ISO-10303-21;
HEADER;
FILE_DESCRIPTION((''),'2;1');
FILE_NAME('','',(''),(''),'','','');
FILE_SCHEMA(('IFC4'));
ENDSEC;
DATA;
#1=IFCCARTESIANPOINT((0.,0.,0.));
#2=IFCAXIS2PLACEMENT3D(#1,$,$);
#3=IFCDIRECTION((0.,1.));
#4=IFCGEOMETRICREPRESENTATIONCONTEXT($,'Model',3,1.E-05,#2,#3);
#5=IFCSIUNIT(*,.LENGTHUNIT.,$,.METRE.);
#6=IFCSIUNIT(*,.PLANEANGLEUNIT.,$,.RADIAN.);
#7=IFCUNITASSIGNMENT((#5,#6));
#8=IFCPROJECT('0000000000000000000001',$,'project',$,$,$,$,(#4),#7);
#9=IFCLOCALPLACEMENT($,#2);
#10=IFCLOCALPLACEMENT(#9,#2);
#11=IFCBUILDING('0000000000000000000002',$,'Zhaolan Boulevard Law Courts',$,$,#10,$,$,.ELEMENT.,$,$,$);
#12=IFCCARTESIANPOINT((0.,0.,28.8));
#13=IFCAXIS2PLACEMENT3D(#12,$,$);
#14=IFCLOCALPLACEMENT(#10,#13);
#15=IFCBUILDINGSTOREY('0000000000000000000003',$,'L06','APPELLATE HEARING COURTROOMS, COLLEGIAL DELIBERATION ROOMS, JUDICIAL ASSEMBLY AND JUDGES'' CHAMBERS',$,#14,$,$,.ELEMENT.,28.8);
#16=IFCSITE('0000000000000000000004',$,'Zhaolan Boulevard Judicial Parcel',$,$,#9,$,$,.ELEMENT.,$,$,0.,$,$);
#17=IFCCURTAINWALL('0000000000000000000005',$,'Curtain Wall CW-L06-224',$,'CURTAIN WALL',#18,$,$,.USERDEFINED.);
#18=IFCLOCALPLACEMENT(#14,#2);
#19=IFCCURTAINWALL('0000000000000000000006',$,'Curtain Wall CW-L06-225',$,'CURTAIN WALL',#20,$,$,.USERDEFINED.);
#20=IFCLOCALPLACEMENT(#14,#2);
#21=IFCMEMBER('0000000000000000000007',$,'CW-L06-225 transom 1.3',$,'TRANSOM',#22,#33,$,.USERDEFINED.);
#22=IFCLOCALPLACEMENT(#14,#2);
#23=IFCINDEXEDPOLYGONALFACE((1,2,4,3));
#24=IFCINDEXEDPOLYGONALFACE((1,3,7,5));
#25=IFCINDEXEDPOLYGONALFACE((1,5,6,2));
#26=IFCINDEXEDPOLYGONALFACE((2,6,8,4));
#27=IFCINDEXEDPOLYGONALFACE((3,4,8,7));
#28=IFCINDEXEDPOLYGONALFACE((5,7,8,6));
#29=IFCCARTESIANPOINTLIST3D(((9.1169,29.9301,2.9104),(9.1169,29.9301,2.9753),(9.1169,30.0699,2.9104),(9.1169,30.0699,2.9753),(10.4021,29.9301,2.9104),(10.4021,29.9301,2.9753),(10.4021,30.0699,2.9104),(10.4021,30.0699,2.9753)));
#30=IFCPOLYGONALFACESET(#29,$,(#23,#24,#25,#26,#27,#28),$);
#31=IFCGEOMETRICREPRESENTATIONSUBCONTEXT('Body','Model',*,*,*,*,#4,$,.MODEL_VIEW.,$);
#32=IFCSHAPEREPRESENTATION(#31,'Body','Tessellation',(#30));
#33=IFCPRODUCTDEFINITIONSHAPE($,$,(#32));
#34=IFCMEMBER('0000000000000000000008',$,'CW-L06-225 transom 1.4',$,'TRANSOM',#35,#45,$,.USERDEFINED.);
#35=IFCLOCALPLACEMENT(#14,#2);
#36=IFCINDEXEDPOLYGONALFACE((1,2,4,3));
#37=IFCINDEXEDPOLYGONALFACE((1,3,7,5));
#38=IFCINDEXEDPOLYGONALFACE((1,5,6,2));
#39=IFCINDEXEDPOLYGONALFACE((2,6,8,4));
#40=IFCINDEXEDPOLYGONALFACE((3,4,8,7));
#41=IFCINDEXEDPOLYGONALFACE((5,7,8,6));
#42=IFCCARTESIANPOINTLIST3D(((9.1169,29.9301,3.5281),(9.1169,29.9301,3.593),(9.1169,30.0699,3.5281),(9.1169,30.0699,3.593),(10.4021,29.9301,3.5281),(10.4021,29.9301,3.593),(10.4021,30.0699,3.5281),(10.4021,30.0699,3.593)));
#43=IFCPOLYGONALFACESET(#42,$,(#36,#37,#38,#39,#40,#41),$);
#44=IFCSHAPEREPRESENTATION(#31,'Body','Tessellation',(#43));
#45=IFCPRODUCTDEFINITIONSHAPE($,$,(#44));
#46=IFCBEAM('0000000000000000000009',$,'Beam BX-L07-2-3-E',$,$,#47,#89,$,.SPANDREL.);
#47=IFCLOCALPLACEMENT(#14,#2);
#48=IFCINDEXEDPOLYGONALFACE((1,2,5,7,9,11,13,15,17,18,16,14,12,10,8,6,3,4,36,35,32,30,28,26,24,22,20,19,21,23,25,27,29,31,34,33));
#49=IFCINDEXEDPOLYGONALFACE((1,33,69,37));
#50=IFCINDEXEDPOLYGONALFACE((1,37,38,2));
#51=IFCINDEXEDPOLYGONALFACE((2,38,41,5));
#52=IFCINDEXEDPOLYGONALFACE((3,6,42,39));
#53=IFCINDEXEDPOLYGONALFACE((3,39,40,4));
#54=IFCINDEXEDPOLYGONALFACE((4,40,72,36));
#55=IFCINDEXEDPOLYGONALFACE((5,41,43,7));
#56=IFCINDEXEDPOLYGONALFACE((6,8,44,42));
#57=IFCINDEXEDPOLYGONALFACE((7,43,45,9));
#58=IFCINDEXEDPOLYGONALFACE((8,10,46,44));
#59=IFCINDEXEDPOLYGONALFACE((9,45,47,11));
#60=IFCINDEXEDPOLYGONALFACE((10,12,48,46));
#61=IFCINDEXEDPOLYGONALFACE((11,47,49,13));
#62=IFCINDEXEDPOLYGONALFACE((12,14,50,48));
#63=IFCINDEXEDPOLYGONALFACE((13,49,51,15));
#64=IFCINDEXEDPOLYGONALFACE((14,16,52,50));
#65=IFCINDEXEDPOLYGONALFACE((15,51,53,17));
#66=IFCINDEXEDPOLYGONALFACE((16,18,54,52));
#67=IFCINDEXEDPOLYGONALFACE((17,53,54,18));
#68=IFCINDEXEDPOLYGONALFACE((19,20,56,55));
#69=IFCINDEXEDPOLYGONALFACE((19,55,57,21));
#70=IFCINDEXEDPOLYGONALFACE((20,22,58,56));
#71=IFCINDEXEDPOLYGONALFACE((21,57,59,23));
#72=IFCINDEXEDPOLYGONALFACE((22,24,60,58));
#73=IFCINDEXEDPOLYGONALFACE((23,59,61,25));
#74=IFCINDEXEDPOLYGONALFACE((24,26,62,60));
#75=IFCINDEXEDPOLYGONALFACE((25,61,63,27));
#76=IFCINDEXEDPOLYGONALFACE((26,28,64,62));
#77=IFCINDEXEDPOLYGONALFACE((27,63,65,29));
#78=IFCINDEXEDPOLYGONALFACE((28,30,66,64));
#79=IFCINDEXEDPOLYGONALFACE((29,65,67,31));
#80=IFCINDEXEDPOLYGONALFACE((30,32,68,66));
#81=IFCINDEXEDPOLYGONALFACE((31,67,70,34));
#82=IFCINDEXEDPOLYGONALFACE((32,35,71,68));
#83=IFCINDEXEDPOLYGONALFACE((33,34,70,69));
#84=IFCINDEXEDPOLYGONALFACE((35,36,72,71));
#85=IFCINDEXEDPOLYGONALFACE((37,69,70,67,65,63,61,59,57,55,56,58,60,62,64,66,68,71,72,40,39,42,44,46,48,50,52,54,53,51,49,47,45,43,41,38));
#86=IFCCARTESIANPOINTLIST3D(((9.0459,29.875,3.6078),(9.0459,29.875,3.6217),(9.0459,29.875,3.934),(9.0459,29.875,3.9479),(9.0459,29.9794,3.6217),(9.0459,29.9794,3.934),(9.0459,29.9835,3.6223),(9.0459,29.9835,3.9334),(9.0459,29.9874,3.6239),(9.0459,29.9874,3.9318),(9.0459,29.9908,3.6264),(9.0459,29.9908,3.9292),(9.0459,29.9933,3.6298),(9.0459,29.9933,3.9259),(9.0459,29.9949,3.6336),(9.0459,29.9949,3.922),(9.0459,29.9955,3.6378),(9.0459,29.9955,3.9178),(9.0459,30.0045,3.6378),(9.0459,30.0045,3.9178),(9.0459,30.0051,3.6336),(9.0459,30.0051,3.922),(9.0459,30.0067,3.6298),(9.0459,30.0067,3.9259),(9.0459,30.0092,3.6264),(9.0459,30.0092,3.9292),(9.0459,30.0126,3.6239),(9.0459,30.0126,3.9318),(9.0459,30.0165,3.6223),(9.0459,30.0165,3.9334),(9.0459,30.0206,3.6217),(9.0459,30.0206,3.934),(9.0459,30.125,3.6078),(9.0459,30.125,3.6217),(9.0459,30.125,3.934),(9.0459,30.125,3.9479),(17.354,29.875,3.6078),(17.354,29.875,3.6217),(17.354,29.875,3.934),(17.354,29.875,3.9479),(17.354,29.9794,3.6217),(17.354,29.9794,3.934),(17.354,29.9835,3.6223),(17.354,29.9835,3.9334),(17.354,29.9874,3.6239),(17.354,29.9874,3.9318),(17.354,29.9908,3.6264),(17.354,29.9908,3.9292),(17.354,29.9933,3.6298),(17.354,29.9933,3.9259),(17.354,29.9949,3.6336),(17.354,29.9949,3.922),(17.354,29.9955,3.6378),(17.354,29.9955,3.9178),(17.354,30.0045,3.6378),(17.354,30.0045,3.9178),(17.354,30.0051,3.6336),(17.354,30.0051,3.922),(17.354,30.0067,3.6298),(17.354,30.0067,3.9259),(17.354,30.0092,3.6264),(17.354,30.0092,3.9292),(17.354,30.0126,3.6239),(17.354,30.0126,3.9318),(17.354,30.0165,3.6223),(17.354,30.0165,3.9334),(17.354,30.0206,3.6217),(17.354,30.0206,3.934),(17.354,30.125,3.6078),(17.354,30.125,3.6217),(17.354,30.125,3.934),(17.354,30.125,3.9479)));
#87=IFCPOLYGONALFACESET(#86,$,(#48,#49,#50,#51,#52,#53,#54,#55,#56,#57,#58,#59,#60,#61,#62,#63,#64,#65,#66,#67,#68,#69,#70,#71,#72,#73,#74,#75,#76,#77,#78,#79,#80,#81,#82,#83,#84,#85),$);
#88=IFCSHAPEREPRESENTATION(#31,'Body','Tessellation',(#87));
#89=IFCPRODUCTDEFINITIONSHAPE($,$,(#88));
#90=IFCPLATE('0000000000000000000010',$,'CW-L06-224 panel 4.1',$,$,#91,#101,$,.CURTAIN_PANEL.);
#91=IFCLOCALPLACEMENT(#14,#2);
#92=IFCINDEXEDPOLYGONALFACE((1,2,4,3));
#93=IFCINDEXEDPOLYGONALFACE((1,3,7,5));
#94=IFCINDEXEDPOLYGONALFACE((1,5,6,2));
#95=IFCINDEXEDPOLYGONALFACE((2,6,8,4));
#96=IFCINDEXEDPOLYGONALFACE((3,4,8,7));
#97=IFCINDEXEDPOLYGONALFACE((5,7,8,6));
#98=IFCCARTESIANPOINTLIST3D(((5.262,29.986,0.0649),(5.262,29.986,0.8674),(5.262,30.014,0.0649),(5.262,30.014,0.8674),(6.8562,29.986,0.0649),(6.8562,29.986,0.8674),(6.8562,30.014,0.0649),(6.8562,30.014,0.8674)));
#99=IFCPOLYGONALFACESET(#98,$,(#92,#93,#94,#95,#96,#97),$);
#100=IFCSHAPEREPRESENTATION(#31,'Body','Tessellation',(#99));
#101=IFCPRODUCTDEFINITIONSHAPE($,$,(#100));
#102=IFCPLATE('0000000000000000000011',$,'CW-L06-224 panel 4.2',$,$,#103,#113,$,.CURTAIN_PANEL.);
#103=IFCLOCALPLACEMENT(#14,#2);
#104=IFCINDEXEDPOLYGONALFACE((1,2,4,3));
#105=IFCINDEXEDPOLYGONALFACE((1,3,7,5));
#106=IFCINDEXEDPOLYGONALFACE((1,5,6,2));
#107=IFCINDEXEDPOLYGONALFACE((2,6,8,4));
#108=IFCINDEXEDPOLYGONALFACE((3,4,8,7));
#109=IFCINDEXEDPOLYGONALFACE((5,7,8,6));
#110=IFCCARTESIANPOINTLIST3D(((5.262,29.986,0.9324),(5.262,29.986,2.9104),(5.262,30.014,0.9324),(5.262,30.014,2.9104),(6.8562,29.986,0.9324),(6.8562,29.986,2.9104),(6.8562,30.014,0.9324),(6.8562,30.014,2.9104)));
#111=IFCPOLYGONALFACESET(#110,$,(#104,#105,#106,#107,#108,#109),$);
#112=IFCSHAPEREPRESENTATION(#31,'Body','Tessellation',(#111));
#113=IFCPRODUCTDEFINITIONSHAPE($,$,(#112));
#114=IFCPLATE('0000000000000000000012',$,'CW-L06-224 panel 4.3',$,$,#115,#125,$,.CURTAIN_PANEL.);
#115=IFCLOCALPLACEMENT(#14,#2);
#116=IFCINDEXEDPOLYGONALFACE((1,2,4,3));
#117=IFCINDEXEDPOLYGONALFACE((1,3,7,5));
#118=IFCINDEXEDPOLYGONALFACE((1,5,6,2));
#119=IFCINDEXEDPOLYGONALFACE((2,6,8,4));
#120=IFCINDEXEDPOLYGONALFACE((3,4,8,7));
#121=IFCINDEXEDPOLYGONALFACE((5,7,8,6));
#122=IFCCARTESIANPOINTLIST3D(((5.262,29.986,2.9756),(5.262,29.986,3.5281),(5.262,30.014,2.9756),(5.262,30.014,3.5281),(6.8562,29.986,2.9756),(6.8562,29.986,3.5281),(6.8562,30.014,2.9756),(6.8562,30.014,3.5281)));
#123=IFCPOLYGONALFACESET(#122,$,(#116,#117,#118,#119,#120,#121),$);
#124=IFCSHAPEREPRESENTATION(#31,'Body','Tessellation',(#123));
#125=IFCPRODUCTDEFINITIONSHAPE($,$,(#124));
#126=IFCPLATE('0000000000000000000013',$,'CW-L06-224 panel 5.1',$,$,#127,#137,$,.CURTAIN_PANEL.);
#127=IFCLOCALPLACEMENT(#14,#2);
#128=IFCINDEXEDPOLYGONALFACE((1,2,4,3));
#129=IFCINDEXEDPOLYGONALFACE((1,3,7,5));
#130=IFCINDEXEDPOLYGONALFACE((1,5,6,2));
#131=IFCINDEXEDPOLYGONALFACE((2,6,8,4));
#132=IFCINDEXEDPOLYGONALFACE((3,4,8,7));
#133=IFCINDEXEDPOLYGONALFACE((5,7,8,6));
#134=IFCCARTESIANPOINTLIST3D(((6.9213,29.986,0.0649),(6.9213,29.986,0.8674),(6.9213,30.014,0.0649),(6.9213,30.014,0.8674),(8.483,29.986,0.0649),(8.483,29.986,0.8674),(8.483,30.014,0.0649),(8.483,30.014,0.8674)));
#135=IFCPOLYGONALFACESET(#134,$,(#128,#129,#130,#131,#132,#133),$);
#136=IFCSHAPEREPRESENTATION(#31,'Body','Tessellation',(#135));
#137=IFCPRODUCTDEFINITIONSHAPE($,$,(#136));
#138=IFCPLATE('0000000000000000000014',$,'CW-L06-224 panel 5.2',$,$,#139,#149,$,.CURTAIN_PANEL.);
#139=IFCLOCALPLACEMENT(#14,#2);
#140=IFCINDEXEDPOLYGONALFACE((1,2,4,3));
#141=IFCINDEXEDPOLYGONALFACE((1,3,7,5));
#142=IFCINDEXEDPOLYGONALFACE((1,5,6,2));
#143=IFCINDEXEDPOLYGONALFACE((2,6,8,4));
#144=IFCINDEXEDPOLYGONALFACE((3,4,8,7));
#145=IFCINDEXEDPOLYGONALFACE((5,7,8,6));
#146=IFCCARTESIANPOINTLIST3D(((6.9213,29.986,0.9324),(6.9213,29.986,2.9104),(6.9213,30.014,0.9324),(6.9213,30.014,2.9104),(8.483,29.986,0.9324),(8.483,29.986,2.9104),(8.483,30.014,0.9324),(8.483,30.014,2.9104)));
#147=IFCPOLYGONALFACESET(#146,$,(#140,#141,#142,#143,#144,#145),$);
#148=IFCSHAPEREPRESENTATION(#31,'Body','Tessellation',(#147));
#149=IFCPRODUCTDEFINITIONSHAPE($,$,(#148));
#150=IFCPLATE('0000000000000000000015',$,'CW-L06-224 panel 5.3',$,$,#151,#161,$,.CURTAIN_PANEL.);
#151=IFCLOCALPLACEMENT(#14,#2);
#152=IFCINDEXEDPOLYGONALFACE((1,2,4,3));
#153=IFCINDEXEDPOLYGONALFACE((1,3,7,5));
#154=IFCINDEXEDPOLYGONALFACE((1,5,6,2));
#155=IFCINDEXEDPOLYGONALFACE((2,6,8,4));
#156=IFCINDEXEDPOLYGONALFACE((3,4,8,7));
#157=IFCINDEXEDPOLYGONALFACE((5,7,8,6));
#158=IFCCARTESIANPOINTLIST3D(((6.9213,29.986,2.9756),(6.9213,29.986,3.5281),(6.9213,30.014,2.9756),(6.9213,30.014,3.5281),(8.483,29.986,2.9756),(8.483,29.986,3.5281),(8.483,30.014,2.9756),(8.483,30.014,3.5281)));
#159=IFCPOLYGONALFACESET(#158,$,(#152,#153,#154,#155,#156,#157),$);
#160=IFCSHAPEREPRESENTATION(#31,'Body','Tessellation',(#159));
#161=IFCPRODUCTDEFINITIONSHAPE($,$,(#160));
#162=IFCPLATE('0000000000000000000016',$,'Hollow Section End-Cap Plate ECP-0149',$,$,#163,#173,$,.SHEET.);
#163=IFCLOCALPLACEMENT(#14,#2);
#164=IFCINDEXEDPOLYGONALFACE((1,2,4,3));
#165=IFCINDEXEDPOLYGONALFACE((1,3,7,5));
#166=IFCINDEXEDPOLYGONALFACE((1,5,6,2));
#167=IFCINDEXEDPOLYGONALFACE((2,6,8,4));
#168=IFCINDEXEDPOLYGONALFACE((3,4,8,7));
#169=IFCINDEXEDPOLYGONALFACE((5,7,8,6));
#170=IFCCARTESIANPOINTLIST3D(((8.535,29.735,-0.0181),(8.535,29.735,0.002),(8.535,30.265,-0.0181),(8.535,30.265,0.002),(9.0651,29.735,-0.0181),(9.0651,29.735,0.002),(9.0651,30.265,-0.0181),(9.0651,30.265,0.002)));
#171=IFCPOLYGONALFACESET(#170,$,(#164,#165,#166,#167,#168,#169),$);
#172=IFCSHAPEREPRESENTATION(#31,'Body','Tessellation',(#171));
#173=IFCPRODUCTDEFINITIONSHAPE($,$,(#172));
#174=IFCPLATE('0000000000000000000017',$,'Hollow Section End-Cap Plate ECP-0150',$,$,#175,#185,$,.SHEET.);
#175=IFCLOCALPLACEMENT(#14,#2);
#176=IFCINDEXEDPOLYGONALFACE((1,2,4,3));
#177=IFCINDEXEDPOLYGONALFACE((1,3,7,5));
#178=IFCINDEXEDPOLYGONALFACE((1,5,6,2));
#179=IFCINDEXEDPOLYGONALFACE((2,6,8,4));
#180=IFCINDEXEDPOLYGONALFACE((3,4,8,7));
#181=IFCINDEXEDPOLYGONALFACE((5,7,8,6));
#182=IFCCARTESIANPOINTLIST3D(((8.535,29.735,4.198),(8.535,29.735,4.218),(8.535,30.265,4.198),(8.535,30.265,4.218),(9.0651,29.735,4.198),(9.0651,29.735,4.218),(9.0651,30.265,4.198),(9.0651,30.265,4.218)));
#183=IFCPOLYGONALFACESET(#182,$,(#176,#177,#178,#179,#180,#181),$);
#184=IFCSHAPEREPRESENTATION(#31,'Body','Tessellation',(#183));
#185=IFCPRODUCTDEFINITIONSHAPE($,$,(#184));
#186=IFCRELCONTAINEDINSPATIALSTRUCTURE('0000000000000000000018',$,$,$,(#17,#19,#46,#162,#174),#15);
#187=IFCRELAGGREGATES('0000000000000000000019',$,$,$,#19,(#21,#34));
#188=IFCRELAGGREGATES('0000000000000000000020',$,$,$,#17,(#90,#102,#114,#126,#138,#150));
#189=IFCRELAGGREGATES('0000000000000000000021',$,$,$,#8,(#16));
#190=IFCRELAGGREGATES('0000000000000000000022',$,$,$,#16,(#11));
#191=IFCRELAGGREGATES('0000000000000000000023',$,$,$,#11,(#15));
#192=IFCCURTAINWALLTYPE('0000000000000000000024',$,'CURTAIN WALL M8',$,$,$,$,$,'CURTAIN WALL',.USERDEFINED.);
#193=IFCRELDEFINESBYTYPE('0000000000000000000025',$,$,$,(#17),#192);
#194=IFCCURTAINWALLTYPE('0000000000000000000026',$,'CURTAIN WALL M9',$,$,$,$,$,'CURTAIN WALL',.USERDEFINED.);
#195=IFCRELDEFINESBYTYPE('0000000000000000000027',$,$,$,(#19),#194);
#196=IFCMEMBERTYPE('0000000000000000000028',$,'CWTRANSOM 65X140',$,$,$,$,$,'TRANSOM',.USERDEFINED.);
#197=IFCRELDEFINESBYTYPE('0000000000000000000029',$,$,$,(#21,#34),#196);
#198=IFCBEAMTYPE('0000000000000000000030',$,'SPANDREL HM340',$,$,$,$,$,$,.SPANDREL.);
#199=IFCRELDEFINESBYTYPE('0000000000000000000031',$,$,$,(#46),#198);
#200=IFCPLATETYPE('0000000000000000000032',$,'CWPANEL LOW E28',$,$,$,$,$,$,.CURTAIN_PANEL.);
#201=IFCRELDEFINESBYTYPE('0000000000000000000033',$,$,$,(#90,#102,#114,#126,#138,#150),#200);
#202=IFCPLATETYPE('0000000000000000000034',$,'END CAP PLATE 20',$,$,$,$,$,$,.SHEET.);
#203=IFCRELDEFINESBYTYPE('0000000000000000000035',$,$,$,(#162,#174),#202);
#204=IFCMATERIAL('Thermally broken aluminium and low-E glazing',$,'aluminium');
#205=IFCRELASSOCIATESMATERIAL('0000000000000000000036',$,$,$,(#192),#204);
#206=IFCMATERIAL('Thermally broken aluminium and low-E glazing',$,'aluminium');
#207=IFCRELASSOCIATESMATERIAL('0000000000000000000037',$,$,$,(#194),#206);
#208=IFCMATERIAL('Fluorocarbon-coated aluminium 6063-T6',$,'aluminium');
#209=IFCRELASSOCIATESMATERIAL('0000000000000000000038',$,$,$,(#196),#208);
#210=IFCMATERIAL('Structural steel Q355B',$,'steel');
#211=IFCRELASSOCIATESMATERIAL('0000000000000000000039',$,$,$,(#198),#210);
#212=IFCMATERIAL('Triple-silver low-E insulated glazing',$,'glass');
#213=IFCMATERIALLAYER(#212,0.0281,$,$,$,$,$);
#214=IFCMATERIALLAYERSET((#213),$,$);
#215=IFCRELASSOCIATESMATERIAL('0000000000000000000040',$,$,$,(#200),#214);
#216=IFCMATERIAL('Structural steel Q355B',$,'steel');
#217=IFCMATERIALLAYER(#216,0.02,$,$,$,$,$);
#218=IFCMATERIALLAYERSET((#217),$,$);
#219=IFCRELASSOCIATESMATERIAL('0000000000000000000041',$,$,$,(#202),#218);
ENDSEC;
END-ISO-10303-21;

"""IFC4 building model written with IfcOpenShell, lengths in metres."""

from ifc_helpers import new_model, si_unit, direction, frame, origin, origin_2d, place, context, subcontext, project, spatial, rectangle, i_section, extrude, material, layer, layer_set, material_profile, profile_set, type_object, element, aggregate, save


model = new_model("IFC4")

# Units and contexts
model_context = context("Model", 3, precision=1e-05, world=origin(), true_north=direction((0.0, 1.0)))
body_context = subcontext(model_context, "Body", "Model", "MODEL_VIEW")
ifc_project = project(units=[si_unit("LENGTHUNIT", "METRE"), si_unit("PLANEANGLEUNIT", "RADIAN")], contexts=[model_context])

# Site, building, storey
site_placement = place(None, origin())
site = spatial("IfcSite", under=ifc_project, at=site_placement, Name="Zhaolan Boulevard Judicial Parcel", CompositionType="ELEMENT", RefElevation=0.0)
building_placement = place(site_placement, origin())
building = spatial("IfcBuilding", under=site, at=building_placement, Name="Zhaolan Boulevard Law Courts", CompositionType="ELEMENT")
storey_placement = place(building_placement, frame((0.0, 0.0, 28.8)))
storey = spatial("IfcBuildingStorey", under=building, at=storey_placement, Name="L06", Description="APPELLATE HEARING COURTROOMS, COLLEGIAL DELIBERATION ROOMS, JUDICIAL ASSEMBLY AND JUDGES' CHAMBERS", CompositionType="ELEMENT", Elevation=28.8)

# Curtain wall
ifc_material_1 = material(Name="Thermally broken aluminium and low-E glazing", Category="aluminium")
curtain_wall_type_1 = type_object("IfcCurtainWallType", Name="CURTAIN WALL M8", ElementType="CURTAIN WALL", PredefinedType="USERDEFINED", material=ifc_material_1)
curtain_wall_1_placement = place(storey_placement, origin())
curtain_wall_1 = element("IfcCurtainWall", 1, at=curtain_wall_1_placement, inside=storey, type_object=curtain_wall_type_1, Name="Curtain Wall CW-L06-224", ObjectType="CURTAIN WALL", PredefinedType="USERDEFINED")

# Curtain wall
ifc_material_2 = material(Name="Thermally broken aluminium and low-E glazing", Category="aluminium")
curtain_wall_type_2 = type_object("IfcCurtainWallType", Name="CURTAIN WALL M9", ElementType="CURTAIN WALL", PredefinedType="USERDEFINED", material=ifc_material_2)
curtain_wall_2_placement = place(storey_placement, origin())
curtain_wall_2 = element("IfcCurtainWall", 2, at=curtain_wall_2_placement, inside=storey, type_object=curtain_wall_type_2, Name="Curtain Wall CW-L06-225", ObjectType="CURTAIN WALL", PredefinedType="USERDEFINED")

# Members
ifc_material_3 = material(Name="Fluorocarbon-coated aluminium 6063-T6", Category="aluminium")
ifc_material_profile_1 = material_profile(ifc_material_3, rectangle(XDim=0.1399, YDim=0.0649, at=origin_2d()), Name="AL65x140")
ifc_profile_set_1 = profile_set([ifc_material_profile_1], Name="Fluorocarbon-coated aluminium 6063-T6")
member_type_1 = type_object("IfcMemberType", Name="CWTRANSOM 65X140", ElementType="TRANSOM", PredefinedType="USERDEFINED", material=ifc_profile_set_1)
member_1_placement = place(storey_placement, frame((9.1169, 30.0, 2.9429), z_axis=(1.0, 0.0, 0.0), x_axis=(0.0, 1.0, 0.0)))
member_1 = element("IfcMember", 3, at=member_1_placement, type_object=member_type_1, Name="CW-L06-225 transom 1.3", ObjectType="TRANSOM", PredefinedType="USERDEFINED", context=body_context, shape_type="SweptSolid", body=[
    extrude(rectangle(XDim=0.1399, YDim=0.0649, at=origin_2d()), origin(), (0.0, 0.0, 1.0), 1.2852),
])
member_2_placement = place(storey_placement, frame((9.1169, 30.0, 3.5605), z_axis=(1.0, 0.0, 0.0), x_axis=(0.0, 1.0, 0.0)))
member_2 = element("IfcMember", 4, at=member_2_placement, type_object=member_type_1, Name="CW-L06-225 transom 1.4", ObjectType="TRANSOM", PredefinedType="USERDEFINED", context=body_context, shape_type="SweptSolid", body=[
    extrude(rectangle(XDim=0.1399, YDim=0.0649, at=origin_2d()), origin(), (0.0, 0.0, 1.0), 1.2852),
])
aggregate(curtain_wall_2, [member_1, member_2])

# Beam
ifc_material_4 = material(Name="Structural steel Q355B", Category="steel")
ifc_material_profile_2 = material_profile(ifc_material_4, i_section(OverallWidth=0.25, OverallDepth=0.3401, WebThickness=0.009, FlangeThickness=0.0139, FilletRadius=0.0161, at=origin_2d()), Name="HM340x250")
ifc_profile_set_2 = profile_set([ifc_material_profile_2], Name="Structural steel Q355B")
beam_type = type_object("IfcBeamType", Name="SPANDREL HM340", PredefinedType="SPANDREL", material=ifc_profile_set_2)
beam_placement = place(storey_placement, frame((9.0459, 30.0, 3.7778), z_axis=(1.0, 0.0, 0.0), x_axis=(0.0, 1.0, 0.0)))
element("IfcBeam", 5, at=beam_placement, inside=storey, type_object=beam_type, Name="Beam BX-L07-2-3-E", PredefinedType="SPANDREL", context=body_context, shape_type="SweptSolid", body=[
    extrude(i_section(OverallWidth=0.25, OverallDepth=0.3401, WebThickness=0.009, FlangeThickness=0.0139, FilletRadius=0.0161, at=origin_2d()), origin(), (0.0, 0.0, 1.0), 8.3081),
])

# Plates
ifc_material_5 = material(Name="Triple-silver low-E insulated glazing", Category="glass")
ifc_layer_1 = layer(ifc_material_5, 0.0281)
ifc_layer_set_1 = layer_set([ifc_layer_1])
plate_type_1 = type_object("IfcPlateType", Name="CWPANEL LOW E28", PredefinedType="CURTAIN_PANEL", material=ifc_layer_set_1)
plate_1_placement = place(storey_placement, frame((6.0591, 30.0, 0.0649), z_axis=(0.0, 0.0, 1.0), x_axis=(1.0, 0.0, 0.0)))
plate_1 = element("IfcPlate", 6, at=plate_1_placement, type_object=plate_type_1, Name="CW-L06-224 panel 4.1", PredefinedType="CURTAIN_PANEL", context=body_context, shape_type="SweptSolid", body=[
    extrude(rectangle(XDim=1.5942, YDim=0.0281, at=origin_2d()), origin(), (0.0, 0.0, 1.0), 0.8025),
])
plate_2_placement = place(storey_placement, frame((6.0591, 30.0, 0.9324), z_axis=(0.0, 0.0, 1.0), x_axis=(1.0, 0.0, 0.0)))
plate_2 = element("IfcPlate", 7, at=plate_2_placement, type_object=plate_type_1, Name="CW-L06-224 panel 4.2", PredefinedType="CURTAIN_PANEL", context=body_context, shape_type="SweptSolid", body=[
    extrude(rectangle(XDim=1.5942, YDim=0.0281, at=origin_2d()), origin(), (0.0, 0.0, 1.0), 1.978),
])
plate_3_placement = place(storey_placement, frame((6.0591, 30.0, 2.9756), z_axis=(0.0, 0.0, 1.0), x_axis=(1.0, 0.0, 0.0)))
plate_3 = element("IfcPlate", 8, at=plate_3_placement, type_object=plate_type_1, Name="CW-L06-224 panel 4.3", PredefinedType="CURTAIN_PANEL", context=body_context, shape_type="SweptSolid", body=[
    extrude(rectangle(XDim=1.5942, YDim=0.0281, at=origin_2d()), origin(), (0.0, 0.0, 1.0), 0.5525),
])
plate_4_placement = place(storey_placement, frame((7.7021, 30.0, 0.0649), z_axis=(0.0, 0.0, 1.0), x_axis=(1.0, 0.0, 0.0)))
plate_4 = element("IfcPlate", 9, at=plate_4_placement, type_object=plate_type_1, Name="CW-L06-224 panel 5.1", PredefinedType="CURTAIN_PANEL", context=body_context, shape_type="SweptSolid", body=[
    extrude(rectangle(XDim=1.5618, YDim=0.0281, at=origin_2d()), origin(), (0.0, 0.0, 1.0), 0.8025),
])
plate_5_placement = place(storey_placement, frame((7.7021, 30.0, 0.9324), z_axis=(0.0, 0.0, 1.0), x_axis=(1.0, 0.0, 0.0)))
plate_5 = element("IfcPlate", 10, at=plate_5_placement, type_object=plate_type_1, Name="CW-L06-224 panel 5.2", PredefinedType="CURTAIN_PANEL", context=body_context, shape_type="SweptSolid", body=[
    extrude(rectangle(XDim=1.5618, YDim=0.0281, at=origin_2d()), origin(), (0.0, 0.0, 1.0), 1.978),
])
plate_6_placement = place(storey_placement, frame((7.7021, 30.0, 2.9756), z_axis=(0.0, 0.0, 1.0), x_axis=(1.0, 0.0, 0.0)))
plate_6 = element("IfcPlate", 11, at=plate_6_placement, type_object=plate_type_1, Name="CW-L06-224 panel 5.3", PredefinedType="CURTAIN_PANEL", context=body_context, shape_type="SweptSolid", body=[
    extrude(rectangle(XDim=1.5618, YDim=0.0281, at=origin_2d()), origin(), (0.0, 0.0, 1.0), 0.5525),
])
aggregate(curtain_wall_1, [plate_1, plate_2, plate_3, plate_4, plate_5, plate_6])

# Plates
ifc_material_6 = material(Name="Structural steel Q355B", Category="steel")
ifc_layer_2 = layer(ifc_material_6, 0.02)
ifc_layer_set_2 = layer_set([ifc_layer_2])
plate_type_2 = type_object("IfcPlateType", Name="END CAP PLATE 20", PredefinedType="SHEET", material=ifc_layer_set_2)
for number, where, z_axis, x_axis, name in (
    (12, (8.8, 30.0, -0.0181), (0.0, 0.0, 1.0), (1.0, 0.0, 0.0), "Hollow Section End-Cap Plate ECP-0149"),
    (13, (8.8, 30.0, 4.198), (0.0, 0.0, 1.0), (1.0, 0.0, 0.0), "Hollow Section End-Cap Plate ECP-0150"),
):
    element("IfcPlate", number, at=place(storey_placement, frame(where, z_axis=z_axis, x_axis=x_axis)), inside=storey, type_object=plate_type_2, Name=name, PredefinedType="SHEET", context=body_context, shape_type="SweptSolid", body=[
        extrude(rectangle(XDim=0.53, YDim=0.53, at=origin_2d()), origin(), (0.0, 0.0, 1.0), 0.02),
    ])

save(model, "model.ifc")
